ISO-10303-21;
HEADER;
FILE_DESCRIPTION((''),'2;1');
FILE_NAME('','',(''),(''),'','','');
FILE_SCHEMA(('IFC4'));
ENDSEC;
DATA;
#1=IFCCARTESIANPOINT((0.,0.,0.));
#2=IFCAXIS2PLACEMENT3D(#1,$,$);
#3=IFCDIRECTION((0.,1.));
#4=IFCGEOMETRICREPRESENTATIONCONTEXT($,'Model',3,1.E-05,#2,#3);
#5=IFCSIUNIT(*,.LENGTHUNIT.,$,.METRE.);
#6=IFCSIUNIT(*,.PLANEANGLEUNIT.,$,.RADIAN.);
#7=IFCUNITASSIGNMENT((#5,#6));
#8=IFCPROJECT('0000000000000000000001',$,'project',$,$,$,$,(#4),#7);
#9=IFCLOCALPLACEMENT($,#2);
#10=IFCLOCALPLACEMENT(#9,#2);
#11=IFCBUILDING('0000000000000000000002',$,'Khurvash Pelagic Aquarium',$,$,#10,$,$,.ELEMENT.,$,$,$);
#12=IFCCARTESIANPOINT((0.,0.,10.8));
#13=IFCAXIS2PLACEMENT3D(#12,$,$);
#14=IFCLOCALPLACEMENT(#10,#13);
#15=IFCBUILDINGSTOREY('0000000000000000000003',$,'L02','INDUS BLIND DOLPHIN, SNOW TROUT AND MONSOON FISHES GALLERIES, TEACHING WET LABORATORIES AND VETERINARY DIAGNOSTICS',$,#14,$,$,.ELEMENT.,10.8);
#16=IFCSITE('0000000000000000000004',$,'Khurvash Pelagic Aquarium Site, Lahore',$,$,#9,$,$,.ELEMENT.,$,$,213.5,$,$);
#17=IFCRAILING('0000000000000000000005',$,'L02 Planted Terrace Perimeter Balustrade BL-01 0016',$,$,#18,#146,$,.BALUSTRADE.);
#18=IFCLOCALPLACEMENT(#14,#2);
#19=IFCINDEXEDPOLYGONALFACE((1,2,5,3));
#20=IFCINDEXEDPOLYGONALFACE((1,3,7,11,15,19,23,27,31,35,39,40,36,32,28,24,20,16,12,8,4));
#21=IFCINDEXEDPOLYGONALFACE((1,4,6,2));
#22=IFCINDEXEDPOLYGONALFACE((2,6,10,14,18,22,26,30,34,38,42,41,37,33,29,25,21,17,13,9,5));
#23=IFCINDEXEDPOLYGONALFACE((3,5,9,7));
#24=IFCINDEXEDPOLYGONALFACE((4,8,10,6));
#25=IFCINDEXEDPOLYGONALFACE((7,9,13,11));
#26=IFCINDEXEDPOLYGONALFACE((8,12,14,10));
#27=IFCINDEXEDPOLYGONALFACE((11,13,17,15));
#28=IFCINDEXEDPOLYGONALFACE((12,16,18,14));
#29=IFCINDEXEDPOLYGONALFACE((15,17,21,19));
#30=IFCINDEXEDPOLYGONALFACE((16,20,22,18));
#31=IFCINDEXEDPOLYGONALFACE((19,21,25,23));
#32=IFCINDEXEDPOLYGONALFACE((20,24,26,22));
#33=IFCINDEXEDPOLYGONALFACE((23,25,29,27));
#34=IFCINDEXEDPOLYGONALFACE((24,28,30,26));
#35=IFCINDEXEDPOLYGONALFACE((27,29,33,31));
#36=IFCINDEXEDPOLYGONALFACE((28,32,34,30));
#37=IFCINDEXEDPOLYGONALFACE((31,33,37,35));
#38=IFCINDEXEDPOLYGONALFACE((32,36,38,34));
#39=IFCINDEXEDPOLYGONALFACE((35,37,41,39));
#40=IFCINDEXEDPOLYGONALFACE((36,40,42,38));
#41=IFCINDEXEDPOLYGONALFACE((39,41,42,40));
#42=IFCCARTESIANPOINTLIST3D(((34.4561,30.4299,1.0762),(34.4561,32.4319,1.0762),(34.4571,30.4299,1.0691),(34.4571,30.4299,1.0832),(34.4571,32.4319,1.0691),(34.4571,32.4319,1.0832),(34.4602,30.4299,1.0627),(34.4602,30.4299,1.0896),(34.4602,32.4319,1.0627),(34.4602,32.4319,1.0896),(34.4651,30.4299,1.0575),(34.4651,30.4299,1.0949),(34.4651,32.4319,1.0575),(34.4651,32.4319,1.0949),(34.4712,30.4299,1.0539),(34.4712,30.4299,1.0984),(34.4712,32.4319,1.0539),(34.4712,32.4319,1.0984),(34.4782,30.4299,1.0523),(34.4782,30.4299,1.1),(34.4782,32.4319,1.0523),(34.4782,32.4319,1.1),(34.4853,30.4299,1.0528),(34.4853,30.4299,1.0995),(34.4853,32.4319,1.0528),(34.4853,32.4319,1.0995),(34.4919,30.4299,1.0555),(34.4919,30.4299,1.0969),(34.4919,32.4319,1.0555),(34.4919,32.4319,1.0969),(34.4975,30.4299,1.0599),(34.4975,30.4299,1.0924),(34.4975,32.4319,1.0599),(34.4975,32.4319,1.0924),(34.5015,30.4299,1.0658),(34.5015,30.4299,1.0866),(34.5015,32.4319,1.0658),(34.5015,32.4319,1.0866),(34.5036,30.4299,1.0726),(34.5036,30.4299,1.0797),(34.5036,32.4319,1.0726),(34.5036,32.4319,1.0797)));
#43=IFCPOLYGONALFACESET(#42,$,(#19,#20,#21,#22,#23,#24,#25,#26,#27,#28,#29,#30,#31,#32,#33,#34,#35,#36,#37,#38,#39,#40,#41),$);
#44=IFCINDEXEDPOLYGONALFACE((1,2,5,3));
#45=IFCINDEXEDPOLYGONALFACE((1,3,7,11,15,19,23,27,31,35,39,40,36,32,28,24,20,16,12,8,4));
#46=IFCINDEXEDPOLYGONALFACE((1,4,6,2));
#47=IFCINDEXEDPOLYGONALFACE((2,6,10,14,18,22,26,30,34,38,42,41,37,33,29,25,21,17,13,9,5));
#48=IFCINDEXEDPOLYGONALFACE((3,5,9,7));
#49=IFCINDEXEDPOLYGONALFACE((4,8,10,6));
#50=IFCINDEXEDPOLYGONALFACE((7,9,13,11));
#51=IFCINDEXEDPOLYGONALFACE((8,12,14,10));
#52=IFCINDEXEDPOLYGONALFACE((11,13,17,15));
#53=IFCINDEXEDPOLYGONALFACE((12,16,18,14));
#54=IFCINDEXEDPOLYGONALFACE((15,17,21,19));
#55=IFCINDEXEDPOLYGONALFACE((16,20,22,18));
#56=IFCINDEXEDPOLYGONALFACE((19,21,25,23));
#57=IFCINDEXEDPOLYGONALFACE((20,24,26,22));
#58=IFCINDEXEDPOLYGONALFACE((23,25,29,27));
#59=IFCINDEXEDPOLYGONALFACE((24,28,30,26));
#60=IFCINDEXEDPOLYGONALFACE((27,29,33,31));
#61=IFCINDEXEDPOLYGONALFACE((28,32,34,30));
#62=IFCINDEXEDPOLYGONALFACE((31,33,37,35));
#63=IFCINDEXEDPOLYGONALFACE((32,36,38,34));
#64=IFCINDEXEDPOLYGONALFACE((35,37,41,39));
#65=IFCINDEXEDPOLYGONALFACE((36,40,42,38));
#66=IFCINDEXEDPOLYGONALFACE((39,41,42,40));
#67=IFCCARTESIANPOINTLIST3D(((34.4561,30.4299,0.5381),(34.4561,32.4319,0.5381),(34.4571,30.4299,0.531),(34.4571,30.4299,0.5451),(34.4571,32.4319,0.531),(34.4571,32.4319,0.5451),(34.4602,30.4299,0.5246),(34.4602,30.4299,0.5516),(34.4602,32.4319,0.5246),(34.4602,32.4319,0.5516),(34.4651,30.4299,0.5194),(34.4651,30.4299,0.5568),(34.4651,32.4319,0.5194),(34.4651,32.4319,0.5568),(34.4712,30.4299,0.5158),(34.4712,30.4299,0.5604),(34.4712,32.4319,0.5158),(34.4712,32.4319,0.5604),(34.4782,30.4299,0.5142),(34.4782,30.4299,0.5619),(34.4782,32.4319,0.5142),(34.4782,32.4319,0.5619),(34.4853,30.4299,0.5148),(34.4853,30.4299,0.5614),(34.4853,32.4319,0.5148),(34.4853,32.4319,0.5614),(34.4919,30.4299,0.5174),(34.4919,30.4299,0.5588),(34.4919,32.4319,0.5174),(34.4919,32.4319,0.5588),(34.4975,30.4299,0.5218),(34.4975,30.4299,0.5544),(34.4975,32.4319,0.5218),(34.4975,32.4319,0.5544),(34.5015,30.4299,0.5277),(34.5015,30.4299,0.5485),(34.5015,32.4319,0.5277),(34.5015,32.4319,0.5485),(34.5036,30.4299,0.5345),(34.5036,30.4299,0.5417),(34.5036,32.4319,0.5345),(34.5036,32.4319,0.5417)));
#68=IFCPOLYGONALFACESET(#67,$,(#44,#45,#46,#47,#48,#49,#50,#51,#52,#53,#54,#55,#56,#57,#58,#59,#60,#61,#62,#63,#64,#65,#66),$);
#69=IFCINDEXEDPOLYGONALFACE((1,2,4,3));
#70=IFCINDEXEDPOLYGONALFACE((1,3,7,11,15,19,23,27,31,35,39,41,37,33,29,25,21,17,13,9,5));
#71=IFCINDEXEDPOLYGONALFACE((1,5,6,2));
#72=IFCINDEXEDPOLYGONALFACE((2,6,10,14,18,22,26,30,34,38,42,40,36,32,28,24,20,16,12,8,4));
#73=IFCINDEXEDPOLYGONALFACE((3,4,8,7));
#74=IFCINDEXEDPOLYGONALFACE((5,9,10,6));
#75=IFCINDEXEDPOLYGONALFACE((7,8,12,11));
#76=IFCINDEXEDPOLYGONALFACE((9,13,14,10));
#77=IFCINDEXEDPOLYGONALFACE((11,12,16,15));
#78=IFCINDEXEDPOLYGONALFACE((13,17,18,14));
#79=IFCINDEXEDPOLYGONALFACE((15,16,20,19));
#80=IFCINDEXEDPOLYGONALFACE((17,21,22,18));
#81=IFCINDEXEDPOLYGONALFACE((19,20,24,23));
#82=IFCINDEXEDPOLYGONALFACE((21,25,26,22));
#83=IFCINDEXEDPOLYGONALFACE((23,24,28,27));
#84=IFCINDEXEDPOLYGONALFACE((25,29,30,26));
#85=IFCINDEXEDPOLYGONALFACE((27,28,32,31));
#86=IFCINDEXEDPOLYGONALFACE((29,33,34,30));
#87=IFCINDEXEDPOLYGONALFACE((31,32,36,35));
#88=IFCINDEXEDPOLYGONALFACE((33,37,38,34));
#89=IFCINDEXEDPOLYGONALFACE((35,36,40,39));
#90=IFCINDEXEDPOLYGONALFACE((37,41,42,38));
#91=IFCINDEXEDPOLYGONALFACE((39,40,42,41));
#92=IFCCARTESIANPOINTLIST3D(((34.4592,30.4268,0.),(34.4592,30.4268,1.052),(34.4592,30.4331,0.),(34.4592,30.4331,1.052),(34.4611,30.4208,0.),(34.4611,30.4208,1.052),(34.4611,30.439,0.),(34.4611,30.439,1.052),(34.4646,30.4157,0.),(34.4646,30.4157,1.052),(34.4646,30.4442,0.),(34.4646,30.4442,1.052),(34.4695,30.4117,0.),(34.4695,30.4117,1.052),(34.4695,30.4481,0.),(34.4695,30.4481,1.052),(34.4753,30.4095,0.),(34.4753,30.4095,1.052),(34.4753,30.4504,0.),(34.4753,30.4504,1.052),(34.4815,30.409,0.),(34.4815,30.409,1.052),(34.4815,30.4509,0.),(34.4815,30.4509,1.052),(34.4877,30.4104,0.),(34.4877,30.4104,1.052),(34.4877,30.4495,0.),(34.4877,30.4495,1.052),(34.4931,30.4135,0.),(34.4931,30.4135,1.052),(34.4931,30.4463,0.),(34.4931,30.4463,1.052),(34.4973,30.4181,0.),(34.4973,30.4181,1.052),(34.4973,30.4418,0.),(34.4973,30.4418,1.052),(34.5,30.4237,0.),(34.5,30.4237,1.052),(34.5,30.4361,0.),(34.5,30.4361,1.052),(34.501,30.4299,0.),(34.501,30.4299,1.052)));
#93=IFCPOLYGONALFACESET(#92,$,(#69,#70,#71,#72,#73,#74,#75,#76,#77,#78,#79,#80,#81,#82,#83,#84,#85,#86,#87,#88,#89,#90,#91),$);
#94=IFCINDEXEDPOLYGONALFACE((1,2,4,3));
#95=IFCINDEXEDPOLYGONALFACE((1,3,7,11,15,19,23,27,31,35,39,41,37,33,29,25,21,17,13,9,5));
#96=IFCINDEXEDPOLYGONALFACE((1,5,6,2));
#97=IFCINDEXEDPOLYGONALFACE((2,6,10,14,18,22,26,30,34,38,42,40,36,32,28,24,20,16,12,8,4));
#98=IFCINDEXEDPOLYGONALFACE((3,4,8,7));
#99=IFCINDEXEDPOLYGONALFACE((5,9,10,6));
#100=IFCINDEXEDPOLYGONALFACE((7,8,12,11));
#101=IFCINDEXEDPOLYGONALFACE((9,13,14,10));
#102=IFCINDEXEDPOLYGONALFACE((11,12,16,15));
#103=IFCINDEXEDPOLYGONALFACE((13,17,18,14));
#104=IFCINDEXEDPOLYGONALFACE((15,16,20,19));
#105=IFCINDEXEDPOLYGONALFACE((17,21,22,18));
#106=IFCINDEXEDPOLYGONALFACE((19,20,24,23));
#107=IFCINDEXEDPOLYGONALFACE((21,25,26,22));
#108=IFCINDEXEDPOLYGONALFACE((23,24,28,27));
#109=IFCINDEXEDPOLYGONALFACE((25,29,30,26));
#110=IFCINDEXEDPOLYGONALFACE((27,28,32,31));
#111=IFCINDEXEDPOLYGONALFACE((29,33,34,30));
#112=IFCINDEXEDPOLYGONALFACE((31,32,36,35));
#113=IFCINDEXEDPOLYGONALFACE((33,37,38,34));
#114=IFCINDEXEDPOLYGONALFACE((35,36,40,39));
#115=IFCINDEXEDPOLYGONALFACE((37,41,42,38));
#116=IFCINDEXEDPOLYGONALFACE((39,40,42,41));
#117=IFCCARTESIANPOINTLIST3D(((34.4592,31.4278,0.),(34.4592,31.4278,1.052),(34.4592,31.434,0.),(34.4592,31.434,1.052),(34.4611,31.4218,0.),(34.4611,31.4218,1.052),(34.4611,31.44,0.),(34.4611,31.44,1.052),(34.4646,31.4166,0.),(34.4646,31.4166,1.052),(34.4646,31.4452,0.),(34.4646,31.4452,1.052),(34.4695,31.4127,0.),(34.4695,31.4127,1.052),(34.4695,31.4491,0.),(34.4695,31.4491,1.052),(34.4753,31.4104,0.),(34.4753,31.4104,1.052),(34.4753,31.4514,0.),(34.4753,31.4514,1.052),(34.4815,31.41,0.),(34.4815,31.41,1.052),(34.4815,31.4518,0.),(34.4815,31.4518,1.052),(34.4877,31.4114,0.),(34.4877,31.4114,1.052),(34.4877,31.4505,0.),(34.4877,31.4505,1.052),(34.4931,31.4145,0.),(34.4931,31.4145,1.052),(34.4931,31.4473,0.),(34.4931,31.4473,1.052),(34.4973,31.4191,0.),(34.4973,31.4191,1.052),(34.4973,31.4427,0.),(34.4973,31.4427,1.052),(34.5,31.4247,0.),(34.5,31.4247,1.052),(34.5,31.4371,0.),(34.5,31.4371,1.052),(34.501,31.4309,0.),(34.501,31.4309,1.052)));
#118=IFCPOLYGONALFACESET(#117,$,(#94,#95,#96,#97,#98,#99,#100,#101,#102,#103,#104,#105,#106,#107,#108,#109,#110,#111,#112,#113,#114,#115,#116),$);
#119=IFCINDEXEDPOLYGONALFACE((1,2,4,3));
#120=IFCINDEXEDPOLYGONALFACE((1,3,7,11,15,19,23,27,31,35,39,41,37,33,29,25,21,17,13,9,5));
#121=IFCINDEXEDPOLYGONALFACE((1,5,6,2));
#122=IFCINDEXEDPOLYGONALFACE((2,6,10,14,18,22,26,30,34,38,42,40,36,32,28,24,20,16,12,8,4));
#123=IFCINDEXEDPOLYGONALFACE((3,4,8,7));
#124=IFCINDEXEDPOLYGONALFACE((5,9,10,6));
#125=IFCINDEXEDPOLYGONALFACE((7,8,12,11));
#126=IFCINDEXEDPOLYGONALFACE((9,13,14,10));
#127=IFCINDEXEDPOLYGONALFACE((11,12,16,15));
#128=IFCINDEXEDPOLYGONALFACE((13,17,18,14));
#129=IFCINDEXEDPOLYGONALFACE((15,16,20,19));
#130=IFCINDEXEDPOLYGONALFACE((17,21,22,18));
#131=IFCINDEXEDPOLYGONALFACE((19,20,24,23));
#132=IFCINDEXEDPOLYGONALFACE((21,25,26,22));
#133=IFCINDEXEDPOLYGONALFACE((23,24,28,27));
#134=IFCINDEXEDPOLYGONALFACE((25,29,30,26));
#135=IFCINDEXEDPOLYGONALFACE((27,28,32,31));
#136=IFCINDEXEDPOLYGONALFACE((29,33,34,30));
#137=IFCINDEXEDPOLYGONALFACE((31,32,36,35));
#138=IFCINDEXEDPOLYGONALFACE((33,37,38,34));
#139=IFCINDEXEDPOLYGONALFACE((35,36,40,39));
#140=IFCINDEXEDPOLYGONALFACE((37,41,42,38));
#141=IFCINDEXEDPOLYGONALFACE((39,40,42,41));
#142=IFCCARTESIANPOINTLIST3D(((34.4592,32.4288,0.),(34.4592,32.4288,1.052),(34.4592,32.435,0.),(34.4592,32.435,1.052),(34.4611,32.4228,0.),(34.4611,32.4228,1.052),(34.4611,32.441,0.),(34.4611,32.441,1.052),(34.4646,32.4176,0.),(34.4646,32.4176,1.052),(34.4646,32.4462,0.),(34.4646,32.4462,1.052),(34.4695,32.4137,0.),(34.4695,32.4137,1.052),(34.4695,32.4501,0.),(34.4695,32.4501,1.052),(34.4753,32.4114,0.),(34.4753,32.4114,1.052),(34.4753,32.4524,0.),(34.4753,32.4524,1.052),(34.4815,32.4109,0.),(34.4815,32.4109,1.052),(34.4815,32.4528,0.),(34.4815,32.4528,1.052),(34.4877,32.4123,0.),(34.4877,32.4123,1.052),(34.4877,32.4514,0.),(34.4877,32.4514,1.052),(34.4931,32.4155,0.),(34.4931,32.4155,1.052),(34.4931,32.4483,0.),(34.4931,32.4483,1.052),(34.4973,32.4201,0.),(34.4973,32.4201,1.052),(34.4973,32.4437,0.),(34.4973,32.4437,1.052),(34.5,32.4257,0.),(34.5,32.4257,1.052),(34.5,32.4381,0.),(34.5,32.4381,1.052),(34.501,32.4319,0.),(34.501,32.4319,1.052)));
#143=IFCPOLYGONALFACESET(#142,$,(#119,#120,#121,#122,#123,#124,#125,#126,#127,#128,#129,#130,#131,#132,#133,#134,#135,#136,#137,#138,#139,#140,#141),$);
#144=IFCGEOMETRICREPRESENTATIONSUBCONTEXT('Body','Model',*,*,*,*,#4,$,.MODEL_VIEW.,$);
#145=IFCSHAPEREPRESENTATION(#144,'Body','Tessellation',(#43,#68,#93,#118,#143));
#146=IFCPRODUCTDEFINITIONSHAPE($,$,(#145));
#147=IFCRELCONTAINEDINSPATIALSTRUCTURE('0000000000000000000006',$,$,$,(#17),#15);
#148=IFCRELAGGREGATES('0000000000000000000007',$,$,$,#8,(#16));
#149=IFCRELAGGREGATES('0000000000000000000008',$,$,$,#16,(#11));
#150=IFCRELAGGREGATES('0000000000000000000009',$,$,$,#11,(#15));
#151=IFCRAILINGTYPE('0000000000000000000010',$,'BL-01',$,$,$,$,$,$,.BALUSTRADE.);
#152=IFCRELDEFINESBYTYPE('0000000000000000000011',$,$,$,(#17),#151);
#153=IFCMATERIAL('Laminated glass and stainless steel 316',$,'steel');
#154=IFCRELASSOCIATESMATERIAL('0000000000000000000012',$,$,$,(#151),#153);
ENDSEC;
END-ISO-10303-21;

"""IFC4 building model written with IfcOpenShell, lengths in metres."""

from ifc_helpers import new_model, si_unit, direction, frame, origin, origin_2d, place, context, subcontext, project, spatial, circle, extrude, material, type_object, element, save


model = new_model("IFC4")

# Units and contexts
model_context = context("Model", 3, precision=1e-05, world=origin(), true_north=direction((0.0, 1.0)))
body_context = subcontext(model_context, "Body", "Model", "MODEL_VIEW")
ifc_project = project(units=[si_unit("LENGTHUNIT", "METRE"), si_unit("PLANEANGLEUNIT", "RADIAN")], contexts=[model_context])

# Site, building, storey
site_placement = place(None, origin())
site = spatial("IfcSite", under=ifc_project, at=site_placement, Name="Khurvash Pelagic Aquarium Site, Lahore", CompositionType="ELEMENT", RefElevation=213.5)
building_placement = place(site_placement, origin())
building = spatial("IfcBuilding", under=site, at=building_placement, Name="Khurvash Pelagic Aquarium", CompositionType="ELEMENT")
storey_placement = place(building_placement, frame((0.0, 0.0, 10.8)))
storey = spatial("IfcBuildingStorey", under=building, at=storey_placement, Name="L02", Description="INDUS BLIND DOLPHIN, SNOW TROUT AND MONSOON FISHES GALLERIES, TEACHING WET LABORATORIES AND VETERINARY DIAGNOSTICS", CompositionType="ELEMENT", Elevation=10.8)

# Railing
ifc_material_1 = material(Name="Laminated glass and stainless steel 316", Category="steel")
railing_type = type_object("IfcRailingType", Name="BL-01", PredefinedType="BALUSTRADE", material=ifc_material_1)
railing_1_placement = place(storey_placement, frame((34.48, 30.4299, 0.0)))
element("IfcRailing", 1, at=railing_1_placement, inside=storey, type_object=railing_type, Name="L02 Planted Terrace Perimeter Balustrade BL-01 0016", PredefinedType="BALUSTRADE", context=body_context, shape_type="SweptSolid", body=[
    extrude(circle(Radius=0.0239, at=origin_2d()), frame((0.0, 0.0, 1.0762), z_axis=(0.0, 1.0, 0.0), x_axis=(-1.0, 0.0, 0.0)), (0.0, 0.0, 1.0), 2.002),
    extrude(circle(Radius=0.0239, at=origin_2d()), frame((0.0, 0.0, 0.5381), z_axis=(0.0, 1.0, 0.0), x_axis=(-1.0, 0.0, 0.0)), (0.0, 0.0, 1.0), 2.002),
    extrude(circle(Radius=0.021, at=origin_2d()), origin(), (0.0, 0.0, 1.0), 1.052),
    extrude(circle(Radius=0.021, at=origin_2d()), frame((0.0, 1.001, 0.0)), (0.0, 0.0, 1.0), 1.052),
    extrude(circle(Radius=0.021, at=origin_2d()), frame((0.0, 2.002, 0.0)), (0.0, 0.0, 1.0), 1.052),
])

save(model, "model.ifc")
